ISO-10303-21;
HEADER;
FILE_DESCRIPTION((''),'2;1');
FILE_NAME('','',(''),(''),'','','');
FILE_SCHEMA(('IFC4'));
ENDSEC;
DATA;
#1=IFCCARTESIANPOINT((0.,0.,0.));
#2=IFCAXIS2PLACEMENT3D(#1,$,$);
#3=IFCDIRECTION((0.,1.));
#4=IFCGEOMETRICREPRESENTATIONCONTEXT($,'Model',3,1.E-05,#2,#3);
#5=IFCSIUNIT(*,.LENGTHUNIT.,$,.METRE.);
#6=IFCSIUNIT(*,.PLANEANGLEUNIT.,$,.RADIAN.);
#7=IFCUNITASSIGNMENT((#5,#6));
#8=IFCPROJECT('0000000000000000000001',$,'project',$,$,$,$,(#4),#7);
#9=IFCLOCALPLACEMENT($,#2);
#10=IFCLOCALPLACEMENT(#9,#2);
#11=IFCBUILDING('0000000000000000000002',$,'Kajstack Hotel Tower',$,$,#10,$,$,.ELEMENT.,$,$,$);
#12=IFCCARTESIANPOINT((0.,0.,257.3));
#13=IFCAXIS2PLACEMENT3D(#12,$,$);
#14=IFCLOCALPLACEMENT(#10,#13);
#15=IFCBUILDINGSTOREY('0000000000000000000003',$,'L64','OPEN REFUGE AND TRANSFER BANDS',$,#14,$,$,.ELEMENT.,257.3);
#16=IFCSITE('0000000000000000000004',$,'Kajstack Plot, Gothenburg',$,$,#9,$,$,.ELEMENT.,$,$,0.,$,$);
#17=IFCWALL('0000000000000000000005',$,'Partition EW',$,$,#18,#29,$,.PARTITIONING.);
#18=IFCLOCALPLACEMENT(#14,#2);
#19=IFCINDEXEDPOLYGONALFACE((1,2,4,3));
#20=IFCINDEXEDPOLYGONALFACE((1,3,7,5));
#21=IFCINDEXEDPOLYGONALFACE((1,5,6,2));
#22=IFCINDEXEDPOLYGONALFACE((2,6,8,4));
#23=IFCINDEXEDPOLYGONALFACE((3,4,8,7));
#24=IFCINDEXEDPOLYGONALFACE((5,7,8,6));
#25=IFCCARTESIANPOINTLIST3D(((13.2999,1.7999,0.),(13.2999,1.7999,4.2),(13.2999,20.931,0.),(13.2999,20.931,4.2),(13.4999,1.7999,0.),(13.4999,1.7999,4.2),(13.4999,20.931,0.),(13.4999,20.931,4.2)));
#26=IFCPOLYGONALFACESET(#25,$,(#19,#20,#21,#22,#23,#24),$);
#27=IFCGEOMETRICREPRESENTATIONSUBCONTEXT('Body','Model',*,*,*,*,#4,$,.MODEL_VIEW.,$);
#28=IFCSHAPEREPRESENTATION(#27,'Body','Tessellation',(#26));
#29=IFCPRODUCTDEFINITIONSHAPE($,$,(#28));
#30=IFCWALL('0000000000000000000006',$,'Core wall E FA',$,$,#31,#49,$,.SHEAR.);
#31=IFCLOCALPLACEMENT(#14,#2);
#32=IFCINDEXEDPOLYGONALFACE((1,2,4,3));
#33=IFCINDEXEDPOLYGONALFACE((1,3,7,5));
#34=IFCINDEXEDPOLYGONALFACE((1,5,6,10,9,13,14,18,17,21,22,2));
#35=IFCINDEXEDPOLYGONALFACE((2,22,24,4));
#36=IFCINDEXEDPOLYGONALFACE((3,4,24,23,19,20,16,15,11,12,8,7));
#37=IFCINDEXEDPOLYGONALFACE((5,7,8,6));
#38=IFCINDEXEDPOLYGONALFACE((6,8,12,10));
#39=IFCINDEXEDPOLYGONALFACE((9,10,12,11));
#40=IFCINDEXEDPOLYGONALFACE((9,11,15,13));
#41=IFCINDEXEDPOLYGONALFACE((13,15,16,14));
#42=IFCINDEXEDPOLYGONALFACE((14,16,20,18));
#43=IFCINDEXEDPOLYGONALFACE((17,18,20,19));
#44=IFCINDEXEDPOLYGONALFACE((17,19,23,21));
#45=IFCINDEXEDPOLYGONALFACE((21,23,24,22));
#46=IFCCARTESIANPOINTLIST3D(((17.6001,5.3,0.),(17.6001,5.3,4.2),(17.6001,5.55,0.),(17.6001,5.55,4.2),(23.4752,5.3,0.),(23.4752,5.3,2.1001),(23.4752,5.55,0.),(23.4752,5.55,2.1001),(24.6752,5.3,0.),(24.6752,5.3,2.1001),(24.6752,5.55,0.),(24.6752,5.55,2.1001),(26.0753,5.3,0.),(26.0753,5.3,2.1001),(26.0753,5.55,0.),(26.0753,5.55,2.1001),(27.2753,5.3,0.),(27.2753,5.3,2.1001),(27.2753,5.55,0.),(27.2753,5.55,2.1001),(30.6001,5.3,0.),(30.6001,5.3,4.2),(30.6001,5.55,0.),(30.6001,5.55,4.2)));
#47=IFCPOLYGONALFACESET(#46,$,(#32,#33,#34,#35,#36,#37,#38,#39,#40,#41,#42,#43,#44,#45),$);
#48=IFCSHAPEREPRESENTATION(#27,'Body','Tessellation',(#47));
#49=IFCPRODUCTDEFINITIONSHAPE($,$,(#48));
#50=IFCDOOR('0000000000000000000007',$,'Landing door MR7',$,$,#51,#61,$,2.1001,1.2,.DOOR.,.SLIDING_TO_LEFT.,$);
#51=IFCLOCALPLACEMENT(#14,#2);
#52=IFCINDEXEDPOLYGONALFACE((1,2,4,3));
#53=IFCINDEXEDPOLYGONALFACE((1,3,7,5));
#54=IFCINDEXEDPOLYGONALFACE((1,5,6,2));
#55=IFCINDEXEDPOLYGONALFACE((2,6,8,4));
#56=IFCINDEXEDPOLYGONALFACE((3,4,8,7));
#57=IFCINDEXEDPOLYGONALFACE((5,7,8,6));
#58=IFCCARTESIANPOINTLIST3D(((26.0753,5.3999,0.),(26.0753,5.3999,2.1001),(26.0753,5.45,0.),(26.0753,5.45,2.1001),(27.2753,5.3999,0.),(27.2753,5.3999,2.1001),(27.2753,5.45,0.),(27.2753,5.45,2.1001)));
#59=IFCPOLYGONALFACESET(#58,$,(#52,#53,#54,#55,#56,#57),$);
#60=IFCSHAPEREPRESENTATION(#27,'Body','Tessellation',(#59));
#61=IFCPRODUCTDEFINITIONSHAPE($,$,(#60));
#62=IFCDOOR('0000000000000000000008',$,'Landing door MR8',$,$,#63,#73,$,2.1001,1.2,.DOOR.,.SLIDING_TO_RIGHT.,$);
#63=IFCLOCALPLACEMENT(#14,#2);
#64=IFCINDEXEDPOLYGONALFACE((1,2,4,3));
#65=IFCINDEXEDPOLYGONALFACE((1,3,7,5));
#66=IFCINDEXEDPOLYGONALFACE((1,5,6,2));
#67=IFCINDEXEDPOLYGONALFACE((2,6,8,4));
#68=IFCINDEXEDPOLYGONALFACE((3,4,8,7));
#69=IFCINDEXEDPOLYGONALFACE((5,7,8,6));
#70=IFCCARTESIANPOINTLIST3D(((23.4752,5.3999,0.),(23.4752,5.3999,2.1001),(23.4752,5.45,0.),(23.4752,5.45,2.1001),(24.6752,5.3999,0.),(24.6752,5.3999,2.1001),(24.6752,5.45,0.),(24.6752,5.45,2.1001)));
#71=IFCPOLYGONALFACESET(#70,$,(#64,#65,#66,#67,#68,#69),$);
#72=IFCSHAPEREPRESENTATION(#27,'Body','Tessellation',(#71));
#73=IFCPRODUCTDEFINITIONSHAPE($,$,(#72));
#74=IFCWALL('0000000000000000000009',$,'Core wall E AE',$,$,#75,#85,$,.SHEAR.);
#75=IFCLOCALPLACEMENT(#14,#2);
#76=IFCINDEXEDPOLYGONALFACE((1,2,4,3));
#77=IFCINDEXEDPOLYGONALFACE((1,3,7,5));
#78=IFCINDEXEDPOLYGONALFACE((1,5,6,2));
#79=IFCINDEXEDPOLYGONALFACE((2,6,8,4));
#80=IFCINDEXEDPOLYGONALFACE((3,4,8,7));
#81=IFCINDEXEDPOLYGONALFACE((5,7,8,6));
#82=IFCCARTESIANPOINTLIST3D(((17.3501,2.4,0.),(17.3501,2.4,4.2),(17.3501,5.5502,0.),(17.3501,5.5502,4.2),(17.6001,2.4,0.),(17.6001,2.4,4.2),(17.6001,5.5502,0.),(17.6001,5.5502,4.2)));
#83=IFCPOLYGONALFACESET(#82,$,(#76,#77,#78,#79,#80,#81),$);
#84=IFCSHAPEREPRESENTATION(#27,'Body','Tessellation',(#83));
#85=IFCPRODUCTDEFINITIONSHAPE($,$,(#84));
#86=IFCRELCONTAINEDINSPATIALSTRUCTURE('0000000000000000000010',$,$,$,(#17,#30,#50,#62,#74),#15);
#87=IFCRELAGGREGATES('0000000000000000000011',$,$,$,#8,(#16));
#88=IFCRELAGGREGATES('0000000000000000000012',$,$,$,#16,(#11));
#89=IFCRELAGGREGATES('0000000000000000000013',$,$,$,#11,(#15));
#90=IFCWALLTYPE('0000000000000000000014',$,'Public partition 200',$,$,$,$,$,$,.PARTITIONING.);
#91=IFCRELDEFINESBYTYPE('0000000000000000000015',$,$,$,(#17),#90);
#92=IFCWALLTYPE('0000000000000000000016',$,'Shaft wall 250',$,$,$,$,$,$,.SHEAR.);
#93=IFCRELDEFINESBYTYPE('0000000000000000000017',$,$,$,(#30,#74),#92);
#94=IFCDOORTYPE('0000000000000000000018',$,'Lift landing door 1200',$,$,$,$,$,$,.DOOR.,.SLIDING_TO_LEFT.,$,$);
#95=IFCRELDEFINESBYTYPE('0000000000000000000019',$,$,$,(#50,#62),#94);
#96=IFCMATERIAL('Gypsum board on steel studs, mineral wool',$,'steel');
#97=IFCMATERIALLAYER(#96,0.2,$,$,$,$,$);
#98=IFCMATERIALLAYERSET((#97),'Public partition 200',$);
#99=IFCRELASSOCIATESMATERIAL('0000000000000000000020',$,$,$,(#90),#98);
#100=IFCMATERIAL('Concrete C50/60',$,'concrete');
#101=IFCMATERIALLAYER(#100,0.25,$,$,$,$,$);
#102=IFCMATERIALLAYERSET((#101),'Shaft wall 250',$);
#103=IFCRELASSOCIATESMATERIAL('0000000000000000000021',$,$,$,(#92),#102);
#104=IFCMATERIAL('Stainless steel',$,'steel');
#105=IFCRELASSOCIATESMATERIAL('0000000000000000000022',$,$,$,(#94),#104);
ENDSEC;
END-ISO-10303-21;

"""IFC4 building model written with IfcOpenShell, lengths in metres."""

from ifc_helpers import new_model, si_unit, direction, frame, frame_2d, origin, place, context, subcontext, project, spatial, rectangle, extrude, material, layer, layer_set, type_object, element, fill, save


model = new_model("IFC4")

# Units and contexts
model_context = context("Model", 3, precision=1e-05, world=origin(), true_north=direction((0.0, 1.0)))
body_context = subcontext(model_context, "Body", "Model", "MODEL_VIEW")
ifc_project = project(units=[si_unit("LENGTHUNIT", "METRE"), si_unit("PLANEANGLEUNIT", "RADIAN")], contexts=[model_context])

# Site, building, storey
site_placement = place(None, origin())
site = spatial("IfcSite", under=ifc_project, at=site_placement, Name="Kajstack Plot, Gothenburg", CompositionType="ELEMENT", RefElevation=0.0)
building_placement = place(site_placement, origin())
building = spatial("IfcBuilding", under=site, at=building_placement, Name="Kajstack Hotel Tower", CompositionType="ELEMENT")
storey_placement = place(building_placement, frame((0.0, 0.0, 257.3)))
storey = spatial("IfcBuildingStorey", under=building, at=storey_placement, Name="L64", Description="OPEN REFUGE AND TRANSFER BANDS", CompositionType="ELEMENT", Elevation=257.3)

# Wall
ifc_material_1 = material(Name="Gypsum board on steel studs, mineral wool", Category="steel")
ifc_layer_1 = layer(ifc_material_1, 0.2)
ifc_layer_set_1 = layer_set([ifc_layer_1], Name="Public partition 200")
wall_type_1 = type_object("IfcWallType", Name="Public partition 200", PredefinedType="PARTITIONING", material=ifc_layer_set_1)
wall_1_placement = place(storey_placement, frame((13.3999, 1.8, 0.0), z_axis=(0.0, 0.0, 1.0), x_axis=(0.0, 1.0, 0.0)))
element("IfcWall", 1, at=wall_1_placement, inside=storey, type_object=wall_type_1, Name="Partition EW", PredefinedType="PARTITIONING", context=body_context, shape_type="SweptSolid", body=[
    extrude(rectangle(XDim=19.1311, YDim=0.2, at=frame_2d((9.5654, 0.0))), origin(), (0.0, 0.0, 1.0), 4.2),
])

# Wall, openings, doors
ifc_material_2 = material(Name="Concrete C50/60", Category="concrete")
ifc_layer_2 = layer(ifc_material_2, 0.25)
ifc_layer_set_2 = layer_set([ifc_layer_2], Name="Shaft wall 250")
wall_type_2 = type_object("IfcWallType", Name="Shaft wall 250", PredefinedType="SHEAR", material=ifc_layer_set_2)
wall_2_placement = place(storey_placement, frame((17.6001, 5.425, 0.0), z_axis=(0.0, 0.0, 1.0), x_axis=(1.0, 0.0, 0.0)))
wall_2 = element("IfcWall", 2, at=wall_2_placement, inside=storey, type_object=wall_type_2, Name="Core wall E FA", PredefinedType="SHEAR", context=body_context, shape_type="SweptSolid", body=[
    extrude(rectangle(XDim=13.0, YDim=0.25, at=frame_2d((6.5, 0.0))), origin(), (0.0, 0.0, 1.0), 4.2),
])
opening_1_placement = place(wall_2_placement, frame((8.4751, 0.0, 0.0)))
opening_1 = element("IfcOpeningElement", 3, at=opening_1_placement, cuts=wall_2, PredefinedType="OPENING", context=body_context, shape_type="SweptSolid", body=[
    extrude(rectangle(XDim=1.2, YDim=2.1001, at=frame_2d((0.6001, 1.05))), frame((0.0, 0.135, 0.0), z_axis=(0.0, -1.0, 0.0), x_axis=(1.0, 0.0, 0.0)), (0.0, 0.0, 1.0), 0.27),
])
opening_2_placement = place(wall_2_placement, frame((5.875, 0.0, 0.0)))
opening_2 = element("IfcOpeningElement", 4, at=opening_2_placement, cuts=wall_2, PredefinedType="OPENING", context=body_context, shape_type="SweptSolid", body=[
    extrude(rectangle(XDim=1.2, YDim=2.1001, at=frame_2d((0.6001, 1.05))), frame((0.0, 0.135, 0.0), z_axis=(0.0, -1.0, 0.0), x_axis=(1.0, 0.0, 0.0)), (0.0, 0.0, 1.0), 0.27),
])
ifc_material_3 = material(Name="Stainless steel", Category="steel")
door_type_1 = type_object("IfcDoorType", Name="Lift landing door 1200", OperationType="SLIDING_TO_LEFT", PredefinedType="DOOR", material=ifc_material_3)
door_1_placement = place(opening_1_placement, origin())
door_1 = element("IfcDoor", 5, at=door_1_placement, inside=storey, type_object=door_type_1, Name="Landing door MR7", OperationType="SLIDING_TO_LEFT", OverallHeight=2.1001, OverallWidth=1.2, PredefinedType="DOOR", context=body_context, shape_type="SweptSolid", body=[
    extrude(rectangle(XDim=1.2, YDim=2.1001, at=frame_2d((0.6001, 1.05))), frame((0.0, 0.0249, 0.0), z_axis=(0.0, -1.0, 0.0), x_axis=(1.0, 0.0, 0.0)), (0.0, 0.0, 1.0), 0.05),
])
fill(opening_1, door_1)
door_2_placement = place(opening_2_placement, origin())
door_2 = element("IfcDoor", 6, at=door_2_placement, inside=storey, type_object=door_type_1, Name="Landing door MR8", OperationType="SLIDING_TO_RIGHT", OverallHeight=2.1001, OverallWidth=1.2, PredefinedType="DOOR", context=body_context, shape_type="SweptSolid", body=[
    extrude(rectangle(XDim=1.2, YDim=2.1001, at=frame_2d((0.6001, 1.05))), frame((0.0, 0.0249, 0.0), z_axis=(0.0, -1.0, 0.0), x_axis=(1.0, 0.0, 0.0)), (0.0, 0.0, 1.0), 0.05),
])
fill(opening_2, door_2)

# Wall
wall_3_placement = place(storey_placement, frame((17.4751, 2.3999, 0.0), z_axis=(0.0, 0.0, 1.0), x_axis=(0.0, 1.0, 0.0)))
element("IfcWall", 7, at=wall_3_placement, inside=storey, type_object=wall_type_2, Name="Core wall E AE", PredefinedType="SHEAR", context=body_context, shape_type="SweptSolid", body=[
    extrude(rectangle(XDim=3.1501, YDim=0.25, at=frame_2d((1.5752, 0.0))), origin(), (0.0, 0.0, 1.0), 4.2),
])

save(model, "model.ifc")
